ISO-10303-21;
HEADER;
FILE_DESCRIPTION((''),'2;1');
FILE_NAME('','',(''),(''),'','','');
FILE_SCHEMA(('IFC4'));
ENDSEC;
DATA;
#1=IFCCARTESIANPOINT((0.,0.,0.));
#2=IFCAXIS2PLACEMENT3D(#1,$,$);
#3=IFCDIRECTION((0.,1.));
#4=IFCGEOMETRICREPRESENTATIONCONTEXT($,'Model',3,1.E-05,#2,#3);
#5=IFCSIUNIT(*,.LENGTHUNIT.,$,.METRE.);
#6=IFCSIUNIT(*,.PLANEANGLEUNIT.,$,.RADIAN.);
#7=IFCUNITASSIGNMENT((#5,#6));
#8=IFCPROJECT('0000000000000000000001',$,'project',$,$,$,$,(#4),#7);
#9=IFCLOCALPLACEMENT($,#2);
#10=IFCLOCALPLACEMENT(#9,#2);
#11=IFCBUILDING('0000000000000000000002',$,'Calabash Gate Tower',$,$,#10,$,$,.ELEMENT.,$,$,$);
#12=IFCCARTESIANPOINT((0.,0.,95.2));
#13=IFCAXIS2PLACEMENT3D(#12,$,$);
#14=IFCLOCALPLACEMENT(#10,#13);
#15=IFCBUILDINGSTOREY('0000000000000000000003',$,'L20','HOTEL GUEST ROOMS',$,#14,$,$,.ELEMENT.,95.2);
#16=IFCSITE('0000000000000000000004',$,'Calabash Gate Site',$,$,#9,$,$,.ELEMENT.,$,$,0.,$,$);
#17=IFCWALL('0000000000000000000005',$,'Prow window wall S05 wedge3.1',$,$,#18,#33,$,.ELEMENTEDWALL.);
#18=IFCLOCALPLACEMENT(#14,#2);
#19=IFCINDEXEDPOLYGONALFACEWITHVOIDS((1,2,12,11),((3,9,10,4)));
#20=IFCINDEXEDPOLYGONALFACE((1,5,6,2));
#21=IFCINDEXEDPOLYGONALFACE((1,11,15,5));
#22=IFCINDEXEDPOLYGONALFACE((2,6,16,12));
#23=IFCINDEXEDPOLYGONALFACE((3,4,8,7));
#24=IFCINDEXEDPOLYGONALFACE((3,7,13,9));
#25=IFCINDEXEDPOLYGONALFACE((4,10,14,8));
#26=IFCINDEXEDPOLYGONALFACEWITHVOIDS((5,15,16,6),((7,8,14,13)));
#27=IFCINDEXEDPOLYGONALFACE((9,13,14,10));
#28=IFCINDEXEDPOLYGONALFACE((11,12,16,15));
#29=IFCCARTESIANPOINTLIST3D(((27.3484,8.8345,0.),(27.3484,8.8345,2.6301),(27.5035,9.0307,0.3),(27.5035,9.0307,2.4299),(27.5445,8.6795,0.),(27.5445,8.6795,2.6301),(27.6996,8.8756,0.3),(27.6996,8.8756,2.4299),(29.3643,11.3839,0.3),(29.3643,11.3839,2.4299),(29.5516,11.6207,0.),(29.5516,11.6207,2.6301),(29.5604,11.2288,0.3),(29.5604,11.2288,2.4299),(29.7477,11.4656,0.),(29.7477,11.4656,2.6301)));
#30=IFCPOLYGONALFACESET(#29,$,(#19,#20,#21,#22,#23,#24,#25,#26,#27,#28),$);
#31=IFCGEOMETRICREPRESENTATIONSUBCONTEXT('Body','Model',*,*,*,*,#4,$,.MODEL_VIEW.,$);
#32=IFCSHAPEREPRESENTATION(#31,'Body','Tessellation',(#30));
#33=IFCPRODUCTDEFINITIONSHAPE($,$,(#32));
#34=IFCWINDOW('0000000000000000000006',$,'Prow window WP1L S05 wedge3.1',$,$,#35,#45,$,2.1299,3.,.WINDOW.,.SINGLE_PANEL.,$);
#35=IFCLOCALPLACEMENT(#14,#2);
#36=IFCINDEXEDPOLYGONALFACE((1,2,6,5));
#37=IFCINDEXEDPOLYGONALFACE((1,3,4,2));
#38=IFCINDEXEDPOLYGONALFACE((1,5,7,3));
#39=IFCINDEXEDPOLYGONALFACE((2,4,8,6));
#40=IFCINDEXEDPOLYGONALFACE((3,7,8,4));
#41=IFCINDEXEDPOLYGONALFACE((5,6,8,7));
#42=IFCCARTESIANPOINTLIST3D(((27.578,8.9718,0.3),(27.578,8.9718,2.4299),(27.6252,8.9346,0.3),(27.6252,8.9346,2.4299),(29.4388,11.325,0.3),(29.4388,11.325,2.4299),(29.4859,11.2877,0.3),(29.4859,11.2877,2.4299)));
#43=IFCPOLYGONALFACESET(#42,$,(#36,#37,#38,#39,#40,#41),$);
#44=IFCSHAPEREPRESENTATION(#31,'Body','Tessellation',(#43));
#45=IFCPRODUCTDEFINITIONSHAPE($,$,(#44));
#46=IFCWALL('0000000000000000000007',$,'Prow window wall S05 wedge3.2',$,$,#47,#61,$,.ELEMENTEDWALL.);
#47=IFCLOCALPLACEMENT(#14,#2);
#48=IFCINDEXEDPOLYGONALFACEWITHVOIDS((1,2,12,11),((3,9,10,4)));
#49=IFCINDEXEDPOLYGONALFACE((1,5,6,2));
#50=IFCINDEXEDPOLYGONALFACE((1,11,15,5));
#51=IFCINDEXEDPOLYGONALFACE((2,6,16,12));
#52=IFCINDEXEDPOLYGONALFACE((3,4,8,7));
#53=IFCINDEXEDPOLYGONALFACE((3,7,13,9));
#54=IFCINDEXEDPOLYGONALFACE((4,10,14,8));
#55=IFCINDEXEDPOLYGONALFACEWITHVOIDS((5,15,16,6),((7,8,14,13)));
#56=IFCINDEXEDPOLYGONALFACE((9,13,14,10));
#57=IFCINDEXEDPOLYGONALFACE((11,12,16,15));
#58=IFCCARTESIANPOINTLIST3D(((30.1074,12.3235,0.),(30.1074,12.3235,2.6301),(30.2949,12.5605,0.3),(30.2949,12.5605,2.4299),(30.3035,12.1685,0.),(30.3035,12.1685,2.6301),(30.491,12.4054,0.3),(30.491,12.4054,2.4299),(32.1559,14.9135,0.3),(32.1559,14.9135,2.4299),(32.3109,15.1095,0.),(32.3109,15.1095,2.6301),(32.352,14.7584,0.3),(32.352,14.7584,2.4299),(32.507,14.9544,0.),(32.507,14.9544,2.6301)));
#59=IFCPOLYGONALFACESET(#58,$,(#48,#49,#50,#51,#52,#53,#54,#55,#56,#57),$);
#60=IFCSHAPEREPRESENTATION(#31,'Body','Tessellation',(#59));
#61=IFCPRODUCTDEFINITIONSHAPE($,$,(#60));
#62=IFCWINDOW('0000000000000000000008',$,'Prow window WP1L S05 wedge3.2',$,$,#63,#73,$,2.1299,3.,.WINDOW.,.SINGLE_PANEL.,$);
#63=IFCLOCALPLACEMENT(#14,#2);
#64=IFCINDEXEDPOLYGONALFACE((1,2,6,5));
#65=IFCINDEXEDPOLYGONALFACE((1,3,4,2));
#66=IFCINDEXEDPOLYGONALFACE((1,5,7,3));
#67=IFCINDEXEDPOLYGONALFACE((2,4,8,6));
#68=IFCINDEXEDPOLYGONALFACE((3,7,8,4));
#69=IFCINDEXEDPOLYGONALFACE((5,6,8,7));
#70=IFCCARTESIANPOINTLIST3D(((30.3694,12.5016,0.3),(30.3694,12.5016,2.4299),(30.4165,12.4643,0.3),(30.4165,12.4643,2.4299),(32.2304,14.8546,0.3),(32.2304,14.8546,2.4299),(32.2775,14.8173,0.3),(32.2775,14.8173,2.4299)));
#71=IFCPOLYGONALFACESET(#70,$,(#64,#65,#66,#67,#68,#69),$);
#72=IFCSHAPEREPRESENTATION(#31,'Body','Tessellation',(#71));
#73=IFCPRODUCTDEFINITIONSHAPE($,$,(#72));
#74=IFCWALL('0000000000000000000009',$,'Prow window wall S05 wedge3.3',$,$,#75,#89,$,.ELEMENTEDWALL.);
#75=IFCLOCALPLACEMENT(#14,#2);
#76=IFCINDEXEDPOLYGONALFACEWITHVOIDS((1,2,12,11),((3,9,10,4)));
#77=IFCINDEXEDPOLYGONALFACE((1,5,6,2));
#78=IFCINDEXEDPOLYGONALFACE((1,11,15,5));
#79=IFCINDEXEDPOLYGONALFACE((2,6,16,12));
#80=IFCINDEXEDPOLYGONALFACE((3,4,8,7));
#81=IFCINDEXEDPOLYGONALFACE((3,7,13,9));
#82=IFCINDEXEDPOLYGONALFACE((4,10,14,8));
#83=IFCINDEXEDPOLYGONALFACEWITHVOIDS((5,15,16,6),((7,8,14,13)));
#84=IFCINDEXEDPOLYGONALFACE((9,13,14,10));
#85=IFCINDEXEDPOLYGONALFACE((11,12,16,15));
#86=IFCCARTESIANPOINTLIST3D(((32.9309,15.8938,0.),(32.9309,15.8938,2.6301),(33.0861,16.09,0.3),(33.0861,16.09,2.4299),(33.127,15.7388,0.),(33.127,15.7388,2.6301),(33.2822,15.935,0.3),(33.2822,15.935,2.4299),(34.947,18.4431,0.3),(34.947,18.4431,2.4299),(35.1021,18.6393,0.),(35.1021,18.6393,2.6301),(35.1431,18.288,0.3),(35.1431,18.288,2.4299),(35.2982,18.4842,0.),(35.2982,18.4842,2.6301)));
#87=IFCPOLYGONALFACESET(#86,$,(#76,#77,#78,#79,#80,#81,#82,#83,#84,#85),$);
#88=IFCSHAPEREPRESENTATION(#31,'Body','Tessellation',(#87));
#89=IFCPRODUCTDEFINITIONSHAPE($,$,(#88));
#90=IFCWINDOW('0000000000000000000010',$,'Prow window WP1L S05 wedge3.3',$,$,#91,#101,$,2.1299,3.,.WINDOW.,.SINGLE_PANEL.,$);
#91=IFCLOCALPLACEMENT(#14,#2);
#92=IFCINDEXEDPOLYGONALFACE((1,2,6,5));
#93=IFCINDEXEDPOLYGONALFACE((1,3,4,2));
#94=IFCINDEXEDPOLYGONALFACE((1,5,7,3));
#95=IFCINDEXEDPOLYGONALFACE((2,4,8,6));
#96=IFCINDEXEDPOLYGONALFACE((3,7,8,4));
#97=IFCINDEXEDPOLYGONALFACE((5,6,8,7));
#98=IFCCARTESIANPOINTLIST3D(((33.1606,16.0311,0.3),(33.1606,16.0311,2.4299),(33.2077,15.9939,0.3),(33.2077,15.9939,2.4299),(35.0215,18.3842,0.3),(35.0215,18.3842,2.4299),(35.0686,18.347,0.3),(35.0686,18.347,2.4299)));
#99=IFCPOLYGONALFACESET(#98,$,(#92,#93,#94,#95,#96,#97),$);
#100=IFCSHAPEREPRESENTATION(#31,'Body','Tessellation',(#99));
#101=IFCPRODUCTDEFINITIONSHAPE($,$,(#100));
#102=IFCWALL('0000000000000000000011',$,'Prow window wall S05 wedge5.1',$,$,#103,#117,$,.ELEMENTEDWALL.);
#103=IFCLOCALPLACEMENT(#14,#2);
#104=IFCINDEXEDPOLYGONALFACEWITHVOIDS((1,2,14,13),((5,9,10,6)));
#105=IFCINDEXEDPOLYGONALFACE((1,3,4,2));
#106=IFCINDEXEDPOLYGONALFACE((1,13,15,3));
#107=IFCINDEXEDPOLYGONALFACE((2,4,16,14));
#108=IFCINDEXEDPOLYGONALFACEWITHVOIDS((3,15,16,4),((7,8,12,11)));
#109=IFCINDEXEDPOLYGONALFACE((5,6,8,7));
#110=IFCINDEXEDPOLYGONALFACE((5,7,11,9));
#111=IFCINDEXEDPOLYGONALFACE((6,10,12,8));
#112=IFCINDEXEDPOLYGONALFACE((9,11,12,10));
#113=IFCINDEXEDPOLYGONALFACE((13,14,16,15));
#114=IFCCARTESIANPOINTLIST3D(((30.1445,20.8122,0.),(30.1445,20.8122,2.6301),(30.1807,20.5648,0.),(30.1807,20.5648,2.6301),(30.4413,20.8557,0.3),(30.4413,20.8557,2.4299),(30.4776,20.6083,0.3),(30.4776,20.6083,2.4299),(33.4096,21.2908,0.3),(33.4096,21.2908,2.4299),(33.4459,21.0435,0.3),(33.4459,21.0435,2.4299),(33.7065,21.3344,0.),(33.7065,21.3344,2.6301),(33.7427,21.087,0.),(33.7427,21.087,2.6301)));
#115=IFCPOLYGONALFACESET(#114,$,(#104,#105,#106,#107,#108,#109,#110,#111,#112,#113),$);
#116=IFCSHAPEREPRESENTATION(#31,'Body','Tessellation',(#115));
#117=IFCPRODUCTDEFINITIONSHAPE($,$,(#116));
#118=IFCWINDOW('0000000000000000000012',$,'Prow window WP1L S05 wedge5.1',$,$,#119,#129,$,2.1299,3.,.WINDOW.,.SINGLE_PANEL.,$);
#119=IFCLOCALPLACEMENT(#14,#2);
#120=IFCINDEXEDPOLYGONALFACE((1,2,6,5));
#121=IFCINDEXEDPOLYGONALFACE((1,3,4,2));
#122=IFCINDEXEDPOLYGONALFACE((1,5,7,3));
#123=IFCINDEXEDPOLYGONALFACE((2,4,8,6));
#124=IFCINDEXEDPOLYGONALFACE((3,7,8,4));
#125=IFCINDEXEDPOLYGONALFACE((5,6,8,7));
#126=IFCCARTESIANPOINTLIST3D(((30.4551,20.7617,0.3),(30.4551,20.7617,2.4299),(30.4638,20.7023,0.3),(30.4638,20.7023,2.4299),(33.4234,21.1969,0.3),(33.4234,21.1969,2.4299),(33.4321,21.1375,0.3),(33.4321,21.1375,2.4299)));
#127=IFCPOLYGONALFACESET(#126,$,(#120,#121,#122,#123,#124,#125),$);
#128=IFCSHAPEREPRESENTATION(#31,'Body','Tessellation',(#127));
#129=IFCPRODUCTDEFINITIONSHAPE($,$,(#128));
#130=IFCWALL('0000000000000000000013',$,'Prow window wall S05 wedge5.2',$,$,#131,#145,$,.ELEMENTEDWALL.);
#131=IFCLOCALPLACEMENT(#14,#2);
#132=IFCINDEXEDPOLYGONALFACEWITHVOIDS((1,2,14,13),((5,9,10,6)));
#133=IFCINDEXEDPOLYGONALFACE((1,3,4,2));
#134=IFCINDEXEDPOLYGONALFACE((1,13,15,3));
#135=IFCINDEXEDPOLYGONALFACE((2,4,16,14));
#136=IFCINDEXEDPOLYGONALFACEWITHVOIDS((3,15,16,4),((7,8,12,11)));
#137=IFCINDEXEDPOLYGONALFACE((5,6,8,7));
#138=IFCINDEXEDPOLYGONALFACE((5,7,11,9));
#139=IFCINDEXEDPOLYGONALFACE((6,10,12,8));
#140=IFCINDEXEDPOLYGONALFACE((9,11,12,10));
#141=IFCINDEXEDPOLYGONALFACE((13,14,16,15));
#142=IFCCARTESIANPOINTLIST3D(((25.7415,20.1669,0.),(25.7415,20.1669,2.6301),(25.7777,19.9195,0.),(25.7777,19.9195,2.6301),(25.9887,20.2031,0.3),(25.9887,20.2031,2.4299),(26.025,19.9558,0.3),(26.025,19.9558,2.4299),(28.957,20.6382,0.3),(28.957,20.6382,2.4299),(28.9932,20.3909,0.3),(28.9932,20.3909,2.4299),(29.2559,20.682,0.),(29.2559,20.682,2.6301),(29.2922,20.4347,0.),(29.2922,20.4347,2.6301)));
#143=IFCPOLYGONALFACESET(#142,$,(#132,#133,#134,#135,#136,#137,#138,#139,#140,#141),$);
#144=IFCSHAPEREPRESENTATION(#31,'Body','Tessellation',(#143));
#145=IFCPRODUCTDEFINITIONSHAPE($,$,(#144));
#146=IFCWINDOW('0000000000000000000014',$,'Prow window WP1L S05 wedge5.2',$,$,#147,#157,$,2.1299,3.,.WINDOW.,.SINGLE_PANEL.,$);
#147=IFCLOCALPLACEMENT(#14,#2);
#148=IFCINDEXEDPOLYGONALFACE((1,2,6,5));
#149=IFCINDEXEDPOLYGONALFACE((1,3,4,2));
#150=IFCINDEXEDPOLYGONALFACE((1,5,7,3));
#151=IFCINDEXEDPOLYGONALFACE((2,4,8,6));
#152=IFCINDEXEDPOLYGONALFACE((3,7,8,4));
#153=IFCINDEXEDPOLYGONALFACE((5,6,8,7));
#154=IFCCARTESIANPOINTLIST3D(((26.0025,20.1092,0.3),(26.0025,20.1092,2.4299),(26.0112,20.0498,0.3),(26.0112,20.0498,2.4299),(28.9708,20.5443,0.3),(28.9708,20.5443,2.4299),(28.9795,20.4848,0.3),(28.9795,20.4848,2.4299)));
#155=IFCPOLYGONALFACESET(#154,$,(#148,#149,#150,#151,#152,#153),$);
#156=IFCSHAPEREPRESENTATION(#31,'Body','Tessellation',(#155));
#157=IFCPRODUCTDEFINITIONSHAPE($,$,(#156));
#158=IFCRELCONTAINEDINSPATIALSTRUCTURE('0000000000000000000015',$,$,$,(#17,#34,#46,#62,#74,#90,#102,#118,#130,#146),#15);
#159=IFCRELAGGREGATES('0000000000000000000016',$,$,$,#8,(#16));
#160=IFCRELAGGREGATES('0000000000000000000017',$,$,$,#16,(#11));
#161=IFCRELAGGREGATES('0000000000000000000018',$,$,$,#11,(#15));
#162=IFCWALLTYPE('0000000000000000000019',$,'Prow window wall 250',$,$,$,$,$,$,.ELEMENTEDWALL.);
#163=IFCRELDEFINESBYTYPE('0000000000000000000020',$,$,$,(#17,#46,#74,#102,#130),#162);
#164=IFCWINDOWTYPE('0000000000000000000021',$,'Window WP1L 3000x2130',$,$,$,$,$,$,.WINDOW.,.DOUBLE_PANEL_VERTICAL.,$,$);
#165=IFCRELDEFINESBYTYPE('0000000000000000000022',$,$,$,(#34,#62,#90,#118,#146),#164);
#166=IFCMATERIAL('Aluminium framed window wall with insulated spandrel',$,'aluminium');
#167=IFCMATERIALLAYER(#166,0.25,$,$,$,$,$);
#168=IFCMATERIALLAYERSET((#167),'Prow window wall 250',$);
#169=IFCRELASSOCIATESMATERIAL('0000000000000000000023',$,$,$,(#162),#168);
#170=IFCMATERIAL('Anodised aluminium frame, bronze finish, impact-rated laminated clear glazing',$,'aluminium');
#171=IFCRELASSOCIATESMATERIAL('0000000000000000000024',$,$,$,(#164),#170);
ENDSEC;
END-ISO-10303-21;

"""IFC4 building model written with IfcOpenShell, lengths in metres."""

from ifc_helpers import new_model, si_unit, direction, frame, frame_2d, origin, place, context, subcontext, project, spatial, rectangle, extrude, material, layer, layer_set, type_object, element, fill, save


model = new_model("IFC4")

# Units and contexts
model_context = context("Model", 3, precision=1e-05, world=origin(), true_north=direction((0.0, 1.0)))
body_context = subcontext(model_context, "Body", "Model", "MODEL_VIEW")
ifc_project = project(units=[si_unit("LENGTHUNIT", "METRE"), si_unit("PLANEANGLEUNIT", "RADIAN")], contexts=[model_context])

# Site, building, storey
site_placement = place(None, origin())
site = spatial("IfcSite", under=ifc_project, at=site_placement, Name="Calabash Gate Site", CompositionType="ELEMENT", RefElevation=0.0)
building_placement = place(site_placement, origin())
building = spatial("IfcBuilding", under=site, at=building_placement, Name="Calabash Gate Tower", CompositionType="ELEMENT")
storey_placement = place(building_placement, frame((0.0, 0.0, 95.2)))
storey = spatial("IfcBuildingStorey", under=building, at=storey_placement, Name="L20", Description="HOTEL GUEST ROOMS", CompositionType="ELEMENT", Elevation=95.2)

# Walls, openings, windows
ifc_material_1 = material(Name="Aluminium framed window wall with insulated spandrel", Category="aluminium")
ifc_layer_1 = layer(ifc_material_1, 0.25)
ifc_layer_set_1 = layer_set([ifc_layer_1], Name="Prow window wall 250")
wall_type_1 = type_object("IfcWallType", Name="Prow window wall 250", PredefinedType="ELEMENTEDWALL", material=ifc_layer_set_1)
wall_1_placement = place(storey_placement, frame((27.4465, 8.7571, 0.0), z_axis=(0.0, 0.0, 1.0), x_axis=(0.620259, 0.784397, 0.0)))
wall_1 = element("IfcWall", 1, at=wall_1_placement, inside=storey, type_object=wall_type_1, Name="Prow window wall S05 wedge3.1", PredefinedType="ELEMENTEDWALL", context=body_context, shape_type="SweptSolid", body=[
    extrude(rectangle(XDim=3.552, YDim=0.25, at=frame_2d((1.7759, 0.0))), origin(), (0.0, 0.0, 1.0), 2.6301),
])
opening_1_placement = place(wall_1_placement, frame((0.25, 0.0, 0.3)))
opening_1 = element("IfcOpeningElement", 2, at=opening_1_placement, cuts=wall_1, PredefinedType="OPENING", context=body_context, shape_type="SweptSolid", body=[
    extrude(rectangle(XDim=3.0, YDim=2.1299, at=frame_2d((1.5, 1.0649))), frame((0.0, 0.135, 0.0), z_axis=(0.0, -1.0, 0.0), x_axis=(1.0, 0.0, 0.0)), (0.0, 0.0, 1.0), 0.27),
])
ifc_material_2 = material(Name="Anodised aluminium frame, bronze finish, impact-rated laminated clear glazing", Category="aluminium")
window_type = type_object("IfcWindowType", Name="Window WP1L 3000x2130", PartitioningType="DOUBLE_PANEL_VERTICAL", PredefinedType="WINDOW", material=ifc_material_2)
window_1_placement = place(opening_1_placement, origin())
window_1 = element("IfcWindow", 3, at=window_1_placement, inside=storey, type_object=window_type, Name="Prow window WP1L S05 wedge3.1", OverallHeight=2.1299, OverallWidth=3.0, PartitioningType="SINGLE_PANEL", PredefinedType="WINDOW", context=body_context, shape_type="SweptSolid", body=[
    extrude(rectangle(XDim=3.0, YDim=2.1299, at=frame_2d((1.5, 1.0649))), frame((0.0, 0.03, 0.0), z_axis=(0.0, -1.0, 0.0), x_axis=(1.0, 0.0, 0.0)), (0.0, 0.0, 1.0), 0.0601),
])
fill(opening_1, window_1)
wall_2_placement = place(storey_placement, frame((30.2056, 12.2461, 0.0), z_axis=(0.0, 0.0, 1.0), x_axis=(0.620335, 0.784337, 0.0)))
wall_2 = element("IfcWall", 4, at=wall_2_placement, inside=storey, type_object=wall_type_1, Name="Prow window wall S05 wedge3.2", PredefinedType="ELEMENTEDWALL", context=body_context, shape_type="SweptSolid", body=[
    extrude(rectangle(XDim=3.552, YDim=0.25, at=frame_2d((1.7759, 0.0))), origin(), (0.0, 0.0, 1.0), 2.6301),
])
opening_2_placement = place(wall_2_placement, frame((0.302, 0.0, 0.3)))
opening_2 = element("IfcOpeningElement", 5, at=opening_2_placement, cuts=wall_2, PredefinedType="OPENING", context=body_context, shape_type="SweptSolid", body=[
    extrude(rectangle(XDim=3.0, YDim=2.1299, at=frame_2d((1.5, 1.0649))), frame((0.0, 0.135, 0.0), z_axis=(0.0, -1.0, 0.0), x_axis=(1.0, 0.0, 0.0)), (0.0, 0.0, 1.0), 0.27),
])
window_2_placement = place(opening_2_placement, origin())
window_2 = element("IfcWindow", 6, at=window_2_placement, inside=storey, type_object=window_type, Name="Prow window WP1L S05 wedge3.2", OverallHeight=2.1299, OverallWidth=3.0, PartitioningType="SINGLE_PANEL", PredefinedType="WINDOW", context=body_context, shape_type="SweptSolid", body=[
    extrude(rectangle(XDim=3.0, YDim=2.1299, at=frame_2d((1.5, 1.0649))), frame((0.0, 0.03, 0.0), z_axis=(0.0, -1.0, 0.0), x_axis=(1.0, 0.0, 0.0)), (0.0, 0.0, 1.0), 0.0601),
])
fill(opening_2, window_2)
wall_3_placement = place(storey_placement, frame((33.0291, 15.8164, 0.0), z_axis=(0.0, 0.0, 1.0), x_axis=(0.620304, 0.784361, 0.0)))
wall_3 = element("IfcWall", 7, at=wall_3_placement, inside=storey, type_object=wall_type_1, Name="Prow window wall S05 wedge3.3", PredefinedType="ELEMENTEDWALL", context=body_context, shape_type="SweptSolid", body=[
    extrude(rectangle(XDim=3.5002, YDim=0.25, at=frame_2d((1.75, 0.0))), origin(), (0.0, 0.0, 1.0), 2.6301),
])
opening_3_placement = place(wall_3_placement, frame((0.25, 0.0, 0.3)))
opening_3 = element("IfcOpeningElement", 8, at=opening_3_placement, cuts=wall_3, PredefinedType="OPENING", context=body_context, shape_type="SweptSolid", body=[
    extrude(rectangle(XDim=3.0, YDim=2.1299, at=frame_2d((1.5, 1.0649))), frame((0.0, 0.135, 0.0), z_axis=(0.0, -1.0, 0.0), x_axis=(1.0, 0.0, 0.0)), (0.0, 0.0, 1.0), 0.27),
])
window_3_placement = place(opening_3_placement, origin())
window_3 = element("IfcWindow", 9, at=window_3_placement, inside=storey, type_object=window_type, Name="Prow window WP1L S05 wedge3.3", OverallHeight=2.1299, OverallWidth=3.0, PartitioningType="SINGLE_PANEL", PredefinedType="WINDOW", context=body_context, shape_type="SweptSolid", body=[
    extrude(rectangle(XDim=3.0, YDim=2.1299, at=frame_2d((1.5, 1.0649))), frame((0.0, 0.03, 0.0), z_axis=(0.0, -1.0, 0.0), x_axis=(1.0, 0.0, 0.0)), (0.0, 0.0, 1.0), 0.0601),
])
fill(opening_3, window_3)
wall_4_placement = place(storey_placement, frame((33.7246, 21.2107, 0.0), z_axis=(0.0, 0.0, 1.0), x_axis=(-0.989423, -0.145057, 0.0)))
wall_4 = element("IfcWall", 10, at=wall_4_placement, inside=storey, type_object=wall_type_1, Name="Prow window wall S05 wedge5.1", PredefinedType="ELEMENTEDWALL", context=body_context, shape_type="SweptSolid", body=[
    extrude(rectangle(XDim=3.6001, YDim=0.25, at=frame_2d((1.8, 0.0))), origin(), (0.0, 0.0, 1.0), 2.6301),
])
opening_4_placement = place(wall_4_placement, frame((0.3, 0.0, 0.3)))
opening_4 = element("IfcOpeningElement", 11, at=opening_4_placement, cuts=wall_4, PredefinedType="OPENING", context=body_context, shape_type="SweptSolid", body=[
    extrude(rectangle(XDim=3.0, YDim=2.1299, at=frame_2d((1.5, 1.0649))), frame((0.0, 0.135, 0.0), z_axis=(0.0, -1.0, 0.0), x_axis=(1.0, 0.0, 0.0)), (0.0, 0.0, 1.0), 0.27),
])
window_4_placement = place(opening_4_placement, origin())
window_4 = element("IfcWindow", 12, at=window_4_placement, inside=storey, type_object=window_type, Name="Prow window WP1L S05 wedge5.1", OverallHeight=2.1299, OverallWidth=3.0, PartitioningType="SINGLE_PANEL", PredefinedType="WINDOW", context=body_context, shape_type="SweptSolid", body=[
    extrude(rectangle(XDim=3.0, YDim=2.1299, at=frame_2d((1.5, 1.0649))), frame((0.0, 0.03, 0.0), z_axis=(0.0, -1.0, 0.0), x_axis=(1.0, 0.0, 0.0)), (0.0, 0.0, 1.0), 0.0601),
])
fill(opening_4, window_4)
wall_5_placement = place(storey_placement, frame((29.2739, 20.5583, 0.0), z_axis=(0.0, 0.0, 1.0), x_axis=(-0.989427, -0.145029, 0.0)))
wall_5 = element("IfcWall", 13, at=wall_5_placement, inside=storey, type_object=wall_type_1, Name="Prow window wall S05 wedge5.2", PredefinedType="ELEMENTEDWALL", context=body_context, shape_type="SweptSolid", body=[
    extrude(rectangle(XDim=3.552, YDim=0.25, at=frame_2d((1.7759, 0.0))), origin(), (0.0, 0.0, 1.0), 2.6301),
])
opening_5_placement = place(wall_5_placement, frame((0.302, 0.0, 0.3)))
opening_5 = element("IfcOpeningElement", 14, at=opening_5_placement, cuts=wall_5, PredefinedType="OPENING", context=body_context, shape_type="SweptSolid", body=[
    extrude(rectangle(XDim=3.0, YDim=2.1299, at=frame_2d((1.5, 1.0649))), frame((0.0, 0.135, 0.0), z_axis=(0.0, -1.0, 0.0), x_axis=(1.0, 0.0, 0.0)), (0.0, 0.0, 1.0), 0.27),
])
window_5_placement = place(opening_5_placement, origin())
window_5 = element("IfcWindow", 15, at=window_5_placement, inside=storey, type_object=window_type, Name="Prow window WP1L S05 wedge5.2", OverallHeight=2.1299, OverallWidth=3.0, PartitioningType="SINGLE_PANEL", PredefinedType="WINDOW", context=body_context, shape_type="SweptSolid", body=[
    extrude(rectangle(XDim=3.0, YDim=2.1299, at=frame_2d((1.5, 1.0649))), frame((0.0, 0.03, 0.0), z_axis=(0.0, -1.0, 0.0), x_axis=(1.0, 0.0, 0.0)), (0.0, 0.0, 1.0), 0.0601),
])
fill(opening_5, window_5)

save(model, "model.ifc")
